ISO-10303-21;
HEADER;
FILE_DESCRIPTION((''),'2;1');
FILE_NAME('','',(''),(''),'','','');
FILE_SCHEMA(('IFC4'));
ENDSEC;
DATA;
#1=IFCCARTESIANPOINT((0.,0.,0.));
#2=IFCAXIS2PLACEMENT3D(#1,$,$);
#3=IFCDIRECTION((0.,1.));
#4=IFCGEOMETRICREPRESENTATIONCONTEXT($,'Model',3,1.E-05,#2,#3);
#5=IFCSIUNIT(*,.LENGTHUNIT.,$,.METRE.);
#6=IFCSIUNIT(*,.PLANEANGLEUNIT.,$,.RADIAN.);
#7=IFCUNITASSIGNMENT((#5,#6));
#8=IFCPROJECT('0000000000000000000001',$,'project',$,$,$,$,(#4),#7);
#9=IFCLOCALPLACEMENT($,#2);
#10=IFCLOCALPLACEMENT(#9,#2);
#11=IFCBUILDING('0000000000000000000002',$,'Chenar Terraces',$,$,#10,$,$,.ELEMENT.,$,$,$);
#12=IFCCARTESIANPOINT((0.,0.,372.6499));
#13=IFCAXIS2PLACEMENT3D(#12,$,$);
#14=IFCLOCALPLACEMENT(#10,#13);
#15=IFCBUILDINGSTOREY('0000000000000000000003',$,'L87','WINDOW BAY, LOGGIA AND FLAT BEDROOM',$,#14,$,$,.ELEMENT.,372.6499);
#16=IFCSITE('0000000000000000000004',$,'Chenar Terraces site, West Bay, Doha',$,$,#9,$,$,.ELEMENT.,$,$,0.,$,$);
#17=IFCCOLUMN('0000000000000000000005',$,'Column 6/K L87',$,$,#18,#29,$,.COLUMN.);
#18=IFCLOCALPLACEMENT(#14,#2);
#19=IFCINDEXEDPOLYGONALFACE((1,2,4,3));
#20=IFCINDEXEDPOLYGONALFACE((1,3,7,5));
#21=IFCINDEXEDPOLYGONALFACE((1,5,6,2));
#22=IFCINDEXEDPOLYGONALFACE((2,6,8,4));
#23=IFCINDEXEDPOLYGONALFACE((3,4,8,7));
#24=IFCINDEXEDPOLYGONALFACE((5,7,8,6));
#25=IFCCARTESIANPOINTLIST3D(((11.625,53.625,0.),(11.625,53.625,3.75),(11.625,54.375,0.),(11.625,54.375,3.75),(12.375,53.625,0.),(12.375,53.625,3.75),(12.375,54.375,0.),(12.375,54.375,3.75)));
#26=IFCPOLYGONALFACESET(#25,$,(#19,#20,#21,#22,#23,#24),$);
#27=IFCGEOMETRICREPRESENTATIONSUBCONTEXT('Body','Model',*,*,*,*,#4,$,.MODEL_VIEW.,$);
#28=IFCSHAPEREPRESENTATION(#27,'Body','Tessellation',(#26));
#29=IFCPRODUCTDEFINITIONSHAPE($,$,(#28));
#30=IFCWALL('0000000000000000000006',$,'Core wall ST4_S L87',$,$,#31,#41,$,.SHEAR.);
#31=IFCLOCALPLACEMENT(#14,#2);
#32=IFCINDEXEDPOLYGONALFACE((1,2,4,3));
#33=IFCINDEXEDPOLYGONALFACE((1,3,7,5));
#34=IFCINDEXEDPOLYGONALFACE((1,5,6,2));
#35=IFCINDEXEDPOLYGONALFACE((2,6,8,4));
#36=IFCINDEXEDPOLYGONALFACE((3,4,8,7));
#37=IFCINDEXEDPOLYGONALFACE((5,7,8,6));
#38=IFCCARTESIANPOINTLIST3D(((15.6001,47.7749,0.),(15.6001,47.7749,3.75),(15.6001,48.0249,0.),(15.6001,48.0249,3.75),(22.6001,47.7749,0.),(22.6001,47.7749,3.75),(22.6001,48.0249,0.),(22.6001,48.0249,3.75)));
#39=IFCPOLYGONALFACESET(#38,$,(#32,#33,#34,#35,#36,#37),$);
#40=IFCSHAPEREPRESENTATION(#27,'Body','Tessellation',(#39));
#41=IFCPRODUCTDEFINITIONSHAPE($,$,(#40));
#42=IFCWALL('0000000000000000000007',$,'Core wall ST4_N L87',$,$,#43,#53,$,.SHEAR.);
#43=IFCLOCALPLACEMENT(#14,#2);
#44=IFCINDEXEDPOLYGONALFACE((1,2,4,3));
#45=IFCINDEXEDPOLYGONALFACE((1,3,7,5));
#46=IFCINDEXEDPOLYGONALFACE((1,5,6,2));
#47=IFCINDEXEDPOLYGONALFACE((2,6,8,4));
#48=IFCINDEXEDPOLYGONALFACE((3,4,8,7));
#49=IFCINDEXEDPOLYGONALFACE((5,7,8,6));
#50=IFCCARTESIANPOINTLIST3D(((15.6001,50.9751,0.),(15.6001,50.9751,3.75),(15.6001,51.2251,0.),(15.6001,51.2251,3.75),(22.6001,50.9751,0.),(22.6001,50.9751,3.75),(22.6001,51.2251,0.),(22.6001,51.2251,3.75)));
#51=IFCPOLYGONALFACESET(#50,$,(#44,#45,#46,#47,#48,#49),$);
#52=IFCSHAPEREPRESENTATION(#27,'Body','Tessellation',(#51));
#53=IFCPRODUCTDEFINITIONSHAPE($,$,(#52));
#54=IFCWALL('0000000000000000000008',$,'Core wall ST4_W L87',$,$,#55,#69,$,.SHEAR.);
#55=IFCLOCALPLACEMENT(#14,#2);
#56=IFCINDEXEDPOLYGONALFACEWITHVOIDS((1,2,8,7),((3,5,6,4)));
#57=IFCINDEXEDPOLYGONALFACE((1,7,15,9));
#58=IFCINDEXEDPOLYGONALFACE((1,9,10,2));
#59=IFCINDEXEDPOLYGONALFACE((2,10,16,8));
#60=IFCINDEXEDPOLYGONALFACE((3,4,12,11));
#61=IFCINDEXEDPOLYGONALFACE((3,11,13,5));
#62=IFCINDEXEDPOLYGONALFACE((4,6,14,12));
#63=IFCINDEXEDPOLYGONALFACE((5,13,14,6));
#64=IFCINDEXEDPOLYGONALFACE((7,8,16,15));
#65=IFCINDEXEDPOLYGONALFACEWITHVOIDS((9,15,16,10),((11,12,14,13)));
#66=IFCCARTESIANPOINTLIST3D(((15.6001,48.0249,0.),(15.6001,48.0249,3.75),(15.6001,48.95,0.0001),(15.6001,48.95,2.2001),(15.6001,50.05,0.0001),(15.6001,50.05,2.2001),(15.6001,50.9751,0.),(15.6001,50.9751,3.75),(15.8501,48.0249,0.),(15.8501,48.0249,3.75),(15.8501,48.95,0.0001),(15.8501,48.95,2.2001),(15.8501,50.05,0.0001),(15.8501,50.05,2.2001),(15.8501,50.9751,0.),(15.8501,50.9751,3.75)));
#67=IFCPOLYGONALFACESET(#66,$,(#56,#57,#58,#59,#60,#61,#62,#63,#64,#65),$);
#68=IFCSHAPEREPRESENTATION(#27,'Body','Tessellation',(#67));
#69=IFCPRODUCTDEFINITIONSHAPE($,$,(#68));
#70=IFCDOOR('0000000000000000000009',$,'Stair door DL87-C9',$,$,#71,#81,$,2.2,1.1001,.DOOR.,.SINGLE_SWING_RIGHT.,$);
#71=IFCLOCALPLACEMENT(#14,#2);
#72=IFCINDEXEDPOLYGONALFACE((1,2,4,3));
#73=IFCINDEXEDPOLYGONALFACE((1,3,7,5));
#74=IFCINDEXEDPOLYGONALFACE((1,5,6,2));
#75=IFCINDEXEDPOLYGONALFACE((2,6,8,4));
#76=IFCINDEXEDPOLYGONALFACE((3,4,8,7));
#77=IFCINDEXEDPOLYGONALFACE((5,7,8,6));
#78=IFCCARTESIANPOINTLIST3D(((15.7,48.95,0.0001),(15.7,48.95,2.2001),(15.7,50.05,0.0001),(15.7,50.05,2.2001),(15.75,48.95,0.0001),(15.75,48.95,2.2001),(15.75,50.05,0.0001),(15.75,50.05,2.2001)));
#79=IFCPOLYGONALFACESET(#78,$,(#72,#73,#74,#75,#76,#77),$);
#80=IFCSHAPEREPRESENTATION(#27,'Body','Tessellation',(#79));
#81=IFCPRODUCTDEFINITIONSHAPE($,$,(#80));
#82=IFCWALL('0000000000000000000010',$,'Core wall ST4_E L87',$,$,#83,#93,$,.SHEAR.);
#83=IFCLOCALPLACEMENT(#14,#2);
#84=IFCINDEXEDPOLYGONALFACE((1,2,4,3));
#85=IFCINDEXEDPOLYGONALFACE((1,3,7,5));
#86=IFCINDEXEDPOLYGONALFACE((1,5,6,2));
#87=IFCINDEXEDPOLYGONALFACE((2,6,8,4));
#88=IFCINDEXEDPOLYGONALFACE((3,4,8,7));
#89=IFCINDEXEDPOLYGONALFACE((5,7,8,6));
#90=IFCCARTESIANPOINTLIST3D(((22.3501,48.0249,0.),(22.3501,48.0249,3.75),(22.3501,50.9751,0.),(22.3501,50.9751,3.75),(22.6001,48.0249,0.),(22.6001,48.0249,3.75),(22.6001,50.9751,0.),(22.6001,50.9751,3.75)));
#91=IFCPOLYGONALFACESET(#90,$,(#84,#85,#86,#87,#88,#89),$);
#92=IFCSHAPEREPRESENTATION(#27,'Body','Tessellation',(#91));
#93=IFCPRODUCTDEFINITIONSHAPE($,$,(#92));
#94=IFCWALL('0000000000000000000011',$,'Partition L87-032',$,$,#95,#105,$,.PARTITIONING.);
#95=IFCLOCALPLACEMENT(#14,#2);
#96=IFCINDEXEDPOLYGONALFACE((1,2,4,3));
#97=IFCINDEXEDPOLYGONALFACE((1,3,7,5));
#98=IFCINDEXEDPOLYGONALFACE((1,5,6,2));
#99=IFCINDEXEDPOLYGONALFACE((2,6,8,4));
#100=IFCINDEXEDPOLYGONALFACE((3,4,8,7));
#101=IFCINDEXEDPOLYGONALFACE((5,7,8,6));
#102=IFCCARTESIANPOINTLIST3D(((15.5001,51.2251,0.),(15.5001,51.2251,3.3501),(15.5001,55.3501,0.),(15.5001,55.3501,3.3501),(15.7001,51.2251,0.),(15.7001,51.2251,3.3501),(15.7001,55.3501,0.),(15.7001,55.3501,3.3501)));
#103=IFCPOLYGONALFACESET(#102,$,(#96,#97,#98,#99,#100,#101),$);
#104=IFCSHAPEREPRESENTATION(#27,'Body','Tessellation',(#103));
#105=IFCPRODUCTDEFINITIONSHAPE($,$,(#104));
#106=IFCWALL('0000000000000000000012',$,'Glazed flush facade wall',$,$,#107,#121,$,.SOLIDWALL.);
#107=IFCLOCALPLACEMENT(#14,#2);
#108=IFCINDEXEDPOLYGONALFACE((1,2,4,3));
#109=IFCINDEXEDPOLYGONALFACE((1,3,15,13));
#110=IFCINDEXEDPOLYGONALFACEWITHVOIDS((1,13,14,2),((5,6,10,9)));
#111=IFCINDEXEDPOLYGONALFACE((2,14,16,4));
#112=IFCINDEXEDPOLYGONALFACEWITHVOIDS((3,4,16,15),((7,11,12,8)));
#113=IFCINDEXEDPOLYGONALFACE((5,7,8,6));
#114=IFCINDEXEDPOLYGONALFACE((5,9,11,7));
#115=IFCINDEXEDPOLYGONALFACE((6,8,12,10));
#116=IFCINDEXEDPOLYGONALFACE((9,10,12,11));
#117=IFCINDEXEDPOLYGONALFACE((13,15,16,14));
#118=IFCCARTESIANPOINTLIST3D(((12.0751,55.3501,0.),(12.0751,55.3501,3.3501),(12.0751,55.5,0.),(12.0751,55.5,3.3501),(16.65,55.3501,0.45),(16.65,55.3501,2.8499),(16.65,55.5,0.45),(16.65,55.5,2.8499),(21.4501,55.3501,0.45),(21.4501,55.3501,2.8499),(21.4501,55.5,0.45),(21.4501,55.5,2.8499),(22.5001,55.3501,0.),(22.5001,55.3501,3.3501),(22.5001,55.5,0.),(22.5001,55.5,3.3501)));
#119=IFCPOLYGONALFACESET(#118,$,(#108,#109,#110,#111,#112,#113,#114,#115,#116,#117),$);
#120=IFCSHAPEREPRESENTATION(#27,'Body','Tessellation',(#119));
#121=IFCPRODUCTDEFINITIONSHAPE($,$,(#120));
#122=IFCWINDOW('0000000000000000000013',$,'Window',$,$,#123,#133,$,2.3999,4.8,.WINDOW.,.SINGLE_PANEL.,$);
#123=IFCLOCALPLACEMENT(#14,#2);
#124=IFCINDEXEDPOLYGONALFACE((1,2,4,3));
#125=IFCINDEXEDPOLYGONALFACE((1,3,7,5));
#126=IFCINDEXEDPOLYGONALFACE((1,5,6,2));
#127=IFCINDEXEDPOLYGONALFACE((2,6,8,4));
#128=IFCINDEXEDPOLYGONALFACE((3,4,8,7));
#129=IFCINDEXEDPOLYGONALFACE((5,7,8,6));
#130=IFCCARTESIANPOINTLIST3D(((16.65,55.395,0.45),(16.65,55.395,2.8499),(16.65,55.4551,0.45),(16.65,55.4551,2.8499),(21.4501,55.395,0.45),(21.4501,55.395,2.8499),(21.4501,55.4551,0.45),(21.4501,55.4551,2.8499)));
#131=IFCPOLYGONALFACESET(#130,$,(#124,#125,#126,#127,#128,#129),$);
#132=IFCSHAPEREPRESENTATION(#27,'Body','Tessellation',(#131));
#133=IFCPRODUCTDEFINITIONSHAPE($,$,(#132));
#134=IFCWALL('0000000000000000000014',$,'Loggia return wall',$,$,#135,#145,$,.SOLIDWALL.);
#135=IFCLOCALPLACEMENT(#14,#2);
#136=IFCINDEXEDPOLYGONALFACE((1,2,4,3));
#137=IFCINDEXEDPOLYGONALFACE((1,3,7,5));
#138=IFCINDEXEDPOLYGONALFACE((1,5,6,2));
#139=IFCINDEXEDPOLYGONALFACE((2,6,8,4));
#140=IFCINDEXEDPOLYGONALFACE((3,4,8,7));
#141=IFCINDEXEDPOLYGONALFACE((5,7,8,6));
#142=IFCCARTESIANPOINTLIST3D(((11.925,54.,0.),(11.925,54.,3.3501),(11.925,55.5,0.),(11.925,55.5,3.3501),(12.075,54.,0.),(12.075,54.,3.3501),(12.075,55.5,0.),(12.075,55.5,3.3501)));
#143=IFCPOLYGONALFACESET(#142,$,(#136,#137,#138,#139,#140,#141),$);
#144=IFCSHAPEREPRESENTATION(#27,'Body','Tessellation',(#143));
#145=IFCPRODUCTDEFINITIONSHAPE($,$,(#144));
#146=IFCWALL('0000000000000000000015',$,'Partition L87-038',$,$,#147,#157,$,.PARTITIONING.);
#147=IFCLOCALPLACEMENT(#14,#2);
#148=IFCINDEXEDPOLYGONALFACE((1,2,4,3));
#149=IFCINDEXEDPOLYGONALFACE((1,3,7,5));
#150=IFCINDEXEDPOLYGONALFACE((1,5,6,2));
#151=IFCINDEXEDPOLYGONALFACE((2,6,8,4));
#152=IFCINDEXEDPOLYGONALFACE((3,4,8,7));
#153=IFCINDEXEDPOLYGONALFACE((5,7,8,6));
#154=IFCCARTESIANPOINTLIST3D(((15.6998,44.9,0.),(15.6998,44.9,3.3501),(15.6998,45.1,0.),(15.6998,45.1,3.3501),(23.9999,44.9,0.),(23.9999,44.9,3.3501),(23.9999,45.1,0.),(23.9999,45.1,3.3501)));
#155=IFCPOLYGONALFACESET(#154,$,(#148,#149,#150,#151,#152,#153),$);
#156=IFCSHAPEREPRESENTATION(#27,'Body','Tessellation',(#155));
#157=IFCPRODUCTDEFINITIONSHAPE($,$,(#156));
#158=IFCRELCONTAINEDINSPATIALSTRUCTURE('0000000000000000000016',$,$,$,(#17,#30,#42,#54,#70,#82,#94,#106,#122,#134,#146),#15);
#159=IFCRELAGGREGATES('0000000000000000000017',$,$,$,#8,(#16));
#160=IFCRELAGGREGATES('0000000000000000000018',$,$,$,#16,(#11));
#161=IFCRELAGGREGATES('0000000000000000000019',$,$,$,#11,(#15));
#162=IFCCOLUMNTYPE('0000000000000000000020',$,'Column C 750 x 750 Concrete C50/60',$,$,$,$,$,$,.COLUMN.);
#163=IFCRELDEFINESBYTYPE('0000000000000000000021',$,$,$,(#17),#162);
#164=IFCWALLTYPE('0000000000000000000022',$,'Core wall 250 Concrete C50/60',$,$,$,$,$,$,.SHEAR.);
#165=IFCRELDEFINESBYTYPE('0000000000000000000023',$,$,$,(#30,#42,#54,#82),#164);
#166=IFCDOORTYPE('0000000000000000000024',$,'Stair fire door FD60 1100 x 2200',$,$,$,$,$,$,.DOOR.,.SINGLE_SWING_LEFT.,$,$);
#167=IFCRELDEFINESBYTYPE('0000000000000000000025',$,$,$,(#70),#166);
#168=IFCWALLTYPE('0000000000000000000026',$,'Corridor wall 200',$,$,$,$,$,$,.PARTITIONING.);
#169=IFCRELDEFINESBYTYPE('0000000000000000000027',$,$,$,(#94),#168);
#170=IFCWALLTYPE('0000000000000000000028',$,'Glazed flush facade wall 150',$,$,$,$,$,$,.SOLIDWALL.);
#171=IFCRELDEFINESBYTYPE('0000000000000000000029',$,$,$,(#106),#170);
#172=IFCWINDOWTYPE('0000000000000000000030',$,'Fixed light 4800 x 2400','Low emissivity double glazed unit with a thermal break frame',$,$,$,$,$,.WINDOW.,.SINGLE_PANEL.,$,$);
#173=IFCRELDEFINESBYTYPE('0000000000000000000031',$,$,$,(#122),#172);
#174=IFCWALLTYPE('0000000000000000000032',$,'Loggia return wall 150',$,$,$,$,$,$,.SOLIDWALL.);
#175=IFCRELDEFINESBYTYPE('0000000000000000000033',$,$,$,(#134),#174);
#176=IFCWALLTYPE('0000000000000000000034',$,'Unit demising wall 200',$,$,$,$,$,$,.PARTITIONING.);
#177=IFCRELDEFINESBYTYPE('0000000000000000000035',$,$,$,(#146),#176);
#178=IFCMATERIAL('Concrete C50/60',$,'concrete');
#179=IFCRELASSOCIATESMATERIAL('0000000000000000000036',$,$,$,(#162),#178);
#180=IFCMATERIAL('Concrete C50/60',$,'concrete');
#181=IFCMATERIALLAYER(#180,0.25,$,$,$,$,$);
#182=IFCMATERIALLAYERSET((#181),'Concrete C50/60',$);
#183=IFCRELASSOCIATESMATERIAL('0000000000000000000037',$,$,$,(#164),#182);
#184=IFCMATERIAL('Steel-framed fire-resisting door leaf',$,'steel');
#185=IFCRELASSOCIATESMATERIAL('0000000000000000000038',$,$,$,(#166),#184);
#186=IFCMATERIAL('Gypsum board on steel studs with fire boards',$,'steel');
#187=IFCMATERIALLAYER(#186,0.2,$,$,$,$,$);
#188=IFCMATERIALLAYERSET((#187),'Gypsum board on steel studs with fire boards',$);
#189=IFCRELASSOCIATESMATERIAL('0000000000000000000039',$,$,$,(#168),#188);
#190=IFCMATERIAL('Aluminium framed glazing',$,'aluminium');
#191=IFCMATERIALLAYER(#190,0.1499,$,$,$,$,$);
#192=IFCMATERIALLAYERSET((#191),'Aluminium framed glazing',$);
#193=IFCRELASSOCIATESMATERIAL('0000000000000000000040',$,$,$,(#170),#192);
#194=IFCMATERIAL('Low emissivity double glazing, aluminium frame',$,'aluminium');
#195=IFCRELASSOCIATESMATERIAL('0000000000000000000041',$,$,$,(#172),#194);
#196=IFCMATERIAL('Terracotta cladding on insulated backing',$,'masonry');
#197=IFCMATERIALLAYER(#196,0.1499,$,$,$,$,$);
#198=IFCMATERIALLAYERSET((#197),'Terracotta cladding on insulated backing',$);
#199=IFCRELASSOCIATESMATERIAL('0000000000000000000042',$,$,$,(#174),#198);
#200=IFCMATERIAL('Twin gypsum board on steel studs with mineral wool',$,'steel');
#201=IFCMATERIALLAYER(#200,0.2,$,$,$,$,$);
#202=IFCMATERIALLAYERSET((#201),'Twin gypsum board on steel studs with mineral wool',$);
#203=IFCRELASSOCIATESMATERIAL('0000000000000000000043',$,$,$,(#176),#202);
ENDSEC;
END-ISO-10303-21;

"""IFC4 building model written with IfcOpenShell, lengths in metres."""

from ifc_helpers import new_model, si_unit, direction, frame, frame_2d, origin, origin_2d, place, context, subcontext, project, spatial, rectangle, extrude, material, layer, layer_set, material_profile, profile_set, type_object, element, fill, save


model = new_model("IFC4")

# Units and contexts
model_context = context("Model", 3, precision=1e-05, world=origin(), true_north=direction((0.0, 1.0)))
body_context = subcontext(model_context, "Body", "Model", "MODEL_VIEW")
ifc_project = project(units=[si_unit("LENGTHUNIT", "METRE"), si_unit("PLANEANGLEUNIT", "RADIAN")], contexts=[model_context])

# Site, building, storey
site_placement = place(None, origin())
site = spatial("IfcSite", under=ifc_project, at=site_placement, Name="Chenar Terraces site, West Bay, Doha", CompositionType="ELEMENT", RefElevation=0.0)
building_placement = place(site_placement, origin())
building = spatial("IfcBuilding", under=site, at=building_placement, Name="Chenar Terraces", CompositionType="ELEMENT")
storey_placement = place(building_placement, frame((0.0, 0.0, 372.6499)))
storey = spatial("IfcBuildingStorey", under=building, at=storey_placement, Name="L87", Description="WINDOW BAY, LOGGIA AND FLAT BEDROOM", CompositionType="ELEMENT", Elevation=372.6499)

# Column
ifc_material_1 = material(Name="Concrete C50/60", Category="concrete")
ifc_material_profile = material_profile(ifc_material_1, rectangle(XDim=0.75, YDim=0.75, at=origin_2d()), Name="C 750 x 750")
ifc_profile_set = profile_set([ifc_material_profile], Name="Concrete C50/60")
column_type = type_object("IfcColumnType", Name="Column C 750 x 750 Concrete C50/60", PredefinedType="COLUMN", material=ifc_profile_set)
column_placement = place(storey_placement, frame((12.0, 54.0, 0.0), z_axis=(0.0, 0.0, 1.0), x_axis=(1.0, 0.0, 0.0)))
element("IfcColumn", 1, at=column_placement, inside=storey, type_object=column_type, Name="Column 6/K L87", PredefinedType="COLUMN", context=body_context, shape_type="SweptSolid", body=[
    extrude(rectangle(XDim=0.75, YDim=0.75, at=origin_2d()), origin(), (0.0, 0.0, 1.0), 3.75),
])

# Walls
ifc_material_2 = material(Name="Concrete C50/60", Category="concrete")
ifc_layer_1 = layer(ifc_material_2, 0.25)
ifc_layer_set_1 = layer_set([ifc_layer_1], Name="Concrete C50/60")
wall_type_1 = type_object("IfcWallType", Name="Core wall 250 Concrete C50/60", PredefinedType="SHEAR", material=ifc_layer_set_1)
for number, where, z_axis, x_axis, name in (
    (2, (15.6001, 47.8999, 0.0), (0.0, 0.0, 1.0), (1.0, 0.0, 0.0), "Core wall ST4_S L87"),
    (3, (15.6001, 51.1001, 0.0), (0.0, 0.0, 1.0), (1.0, 0.0, 0.0), "Core wall ST4_N L87"),
):
    element("IfcWall", number, at=place(storey_placement, frame(where, z_axis=z_axis, x_axis=x_axis)), inside=storey, type_object=wall_type_1, Name=name, PredefinedType="SHEAR", context=body_context, shape_type="SweptSolid", body=[
        extrude(rectangle(XDim=7.0, YDim=0.25, at=frame_2d((3.5, 0.0))), origin(), (0.0, 0.0, 1.0), 3.75),
    ])

# Wall, opening, door
wall_1_placement = place(storey_placement, frame((15.7251, 48.0249, 0.0), z_axis=(0.0, 0.0, 1.0), x_axis=(0.0, 1.0, 0.0)))
wall_1 = element("IfcWall", 4, at=wall_1_placement, inside=storey, type_object=wall_type_1, Name="Core wall ST4_W L87", PredefinedType="SHEAR", context=body_context, shape_type="SweptSolid", body=[
    extrude(rectangle(XDim=2.9502, YDim=0.25, at=frame_2d((1.4751, 0.0))), origin(), (0.0, 0.0, 1.0), 3.75),
])
opening_1_placement = place(wall_1_placement, frame((0.925, 0.0, 0.0)))
opening_1 = element("IfcOpeningElement", 5, at=opening_1_placement, cuts=wall_1, PredefinedType="OPENING", context=body_context, shape_type="SweptSolid", body=[
    extrude(rectangle(XDim=1.1001, YDim=2.2, at=frame_2d((0.55, 1.1001))), frame((0.0, 0.135, 0.0), z_axis=(0.0, -1.0, 0.0), x_axis=(1.0, 0.0, 0.0)), (0.0, 0.0, 1.0), 0.27),
])
ifc_material_3 = material(Name="Steel-framed fire-resisting door leaf", Category="steel")
door_type = type_object("IfcDoorType", Name="Stair fire door FD60 1100 x 2200", OperationType="SINGLE_SWING_LEFT", PredefinedType="DOOR", material=ifc_material_3)
door_placement = place(opening_1_placement, frame((1.1001, 0.0, 0.0), z_axis=(0.0, 0.0, 1.0), x_axis=(-1.0, 0.0, 0.0)))
door = element("IfcDoor", 6, at=door_placement, inside=storey, type_object=door_type, Name="Stair door DL87-C9", OperationType="SINGLE_SWING_RIGHT", OverallHeight=2.2, OverallWidth=1.1001, PredefinedType="DOOR", context=body_context, shape_type="SweptSolid", body=[
    extrude(rectangle(XDim=1.1001, YDim=2.2, at=frame_2d((0.55, 1.1001))), frame((0.0, 0.0249, 0.0), z_axis=(0.0, -1.0, 0.0), x_axis=(1.0, 0.0, 0.0)), (0.0, 0.0, 1.0), 0.05),
])
fill(opening_1, door)

# Walls
wall_2_placement = place(storey_placement, frame((22.4751, 48.0249, 0.0), z_axis=(0.0, 0.0, 1.0), x_axis=(0.0, 1.0, 0.0)))
element("IfcWall", 7, at=wall_2_placement, inside=storey, type_object=wall_type_1, Name="Core wall ST4_E L87", PredefinedType="SHEAR", context=body_context, shape_type="SweptSolid", body=[
    extrude(rectangle(XDim=2.9502, YDim=0.25, at=frame_2d((1.4751, 0.0))), origin(), (0.0, 0.0, 1.0), 3.75),
])
ifc_material_4 = material(Name="Gypsum board on steel studs with fire boards", Category="steel")
ifc_layer_2 = layer(ifc_material_4, 0.2)
ifc_layer_set_2 = layer_set([ifc_layer_2], Name="Gypsum board on steel studs with fire boards")
wall_type_2 = type_object("IfcWallType", Name="Corridor wall 200", PredefinedType="PARTITIONING", material=ifc_layer_set_2)
wall_3_placement = place(storey_placement, frame((15.6001, 51.2251, 0.0), z_axis=(0.0, 0.0, 1.0), x_axis=(0.0, 1.0, 0.0)))
element("IfcWall", 8, at=wall_3_placement, inside=storey, type_object=wall_type_2, Name="Partition L87-032", PredefinedType="PARTITIONING", context=body_context, shape_type="SweptSolid", body=[
    extrude(rectangle(XDim=4.125, YDim=0.2, at=frame_2d((2.0625, 0.0))), origin(), (0.0, 0.0, 1.0), 3.3501),
])

# Wall, opening, window
ifc_material_5 = material(Name="Aluminium framed glazing", Category="aluminium")
ifc_layer_3 = layer(ifc_material_5, 0.1499)
ifc_layer_set_3 = layer_set([ifc_layer_3], Name="Aluminium framed glazing")
wall_type_3 = type_object("IfcWallType", Name="Glazed flush facade wall 150", PredefinedType="SOLIDWALL", material=ifc_layer_set_3)
wall_4_placement = place(storey_placement, frame((22.5, 55.425, 0.0), z_axis=(0.0, 0.0, 1.0), x_axis=(-1.0, 0.0, 0.0)))
wall_4 = element("IfcWall", 9, at=wall_4_placement, inside=storey, type_object=wall_type_3, Name="Glazed flush facade wall", PredefinedType="SOLIDWALL", context=body_context, shape_type="SweptSolid", body=[
    extrude(rectangle(XDim=10.425, YDim=0.1499, at=frame_2d((5.2124, 0.0))), origin(), (0.0, 0.0, 1.0), 3.3501),
])
opening_2_placement = place(wall_4_placement, frame((1.05, 0.0, 0.45)))
opening_2 = element("IfcOpeningElement", 10, at=opening_2_placement, cuts=wall_4, PredefinedType="OPENING", context=body_context, shape_type="SweptSolid", body=[
    extrude(rectangle(XDim=4.8, YDim=2.3999, at=frame_2d((2.3999, 1.2))), frame((0.0, 0.085, 0.0), z_axis=(0.0, -1.0, 0.0), x_axis=(1.0, 0.0, 0.0)), (0.0, 0.0, 1.0), 0.1699),
])
ifc_material_6 = material(Name="Low emissivity double glazing, aluminium frame", Category="aluminium")
window_type = type_object("IfcWindowType", Name="Fixed light 4800 x 2400", Description="Low emissivity double glazed unit with a thermal break frame", PartitioningType="SINGLE_PANEL", PredefinedType="WINDOW", material=ifc_material_6)
window_placement = place(opening_2_placement, origin())
window = element("IfcWindow", 11, at=window_placement, inside=storey, type_object=window_type, Name="Window", OverallHeight=2.3999, OverallWidth=4.8, PartitioningType="SINGLE_PANEL", PredefinedType="WINDOW", context=body_context, shape_type="SweptSolid", body=[
    extrude(rectangle(XDim=4.8, YDim=2.3999, at=frame_2d((2.3999, 1.2))), frame((0.0, 0.03, 0.0), z_axis=(0.0, -1.0, 0.0), x_axis=(1.0, 0.0, 0.0)), (0.0, 0.0, 1.0), 0.0601),
])
fill(opening_2, window)

# Walls
ifc_material_7 = material(Name="Terracotta cladding on insulated backing", Category="masonry")
ifc_layer_4 = layer(ifc_material_7, 0.1499)
ifc_layer_set_4 = layer_set([ifc_layer_4], Name="Terracotta cladding on insulated backing")
wall_type_4 = type_object("IfcWallType", Name="Loggia return wall 150", PredefinedType="SOLIDWALL", material=ifc_layer_set_4)
wall_5_placement = place(storey_placement, frame((12.0, 55.5, 0.0), z_axis=(0.0, 0.0, 1.0), x_axis=(0.0, -1.0, 0.0)))
element("IfcWall", 12, at=wall_5_placement, inside=storey, type_object=wall_type_4, Name="Loggia return wall", PredefinedType="SOLIDWALL", context=body_context, shape_type="SweptSolid", body=[
    extrude(rectangle(XDim=1.5, YDim=0.1499, at=frame_2d((0.75, 0.0))), origin(), (0.0, 0.0, 1.0), 3.3501),
])
ifc_material_8 = material(Name="Twin gypsum board on steel studs with mineral wool", Category="steel")
ifc_layer_5 = layer(ifc_material_8, 0.2)
ifc_layer_set_5 = layer_set([ifc_layer_5], Name="Twin gypsum board on steel studs with mineral wool")
wall_type_5 = type_object("IfcWallType", Name="Unit demising wall 200", PredefinedType="PARTITIONING", material=ifc_layer_set_5)
wall_6_placement = place(storey_placement, frame((15.7, 45.0, 0.0), z_axis=(0.0, 0.0, 1.0), x_axis=(1.0, 0.0, 0.0)))
element("IfcWall", 13, at=wall_6_placement, inside=storey, type_object=wall_type_5, Name="Partition L87-038", PredefinedType="PARTITIONING", context=body_context, shape_type="SweptSolid", body=[
    extrude(rectangle(XDim=8.3, YDim=0.2, at=frame_2d((4.1499, 0.0))), origin(), (0.0, 0.0, 1.0), 3.3501),
])

save(model, "model.ifc")
